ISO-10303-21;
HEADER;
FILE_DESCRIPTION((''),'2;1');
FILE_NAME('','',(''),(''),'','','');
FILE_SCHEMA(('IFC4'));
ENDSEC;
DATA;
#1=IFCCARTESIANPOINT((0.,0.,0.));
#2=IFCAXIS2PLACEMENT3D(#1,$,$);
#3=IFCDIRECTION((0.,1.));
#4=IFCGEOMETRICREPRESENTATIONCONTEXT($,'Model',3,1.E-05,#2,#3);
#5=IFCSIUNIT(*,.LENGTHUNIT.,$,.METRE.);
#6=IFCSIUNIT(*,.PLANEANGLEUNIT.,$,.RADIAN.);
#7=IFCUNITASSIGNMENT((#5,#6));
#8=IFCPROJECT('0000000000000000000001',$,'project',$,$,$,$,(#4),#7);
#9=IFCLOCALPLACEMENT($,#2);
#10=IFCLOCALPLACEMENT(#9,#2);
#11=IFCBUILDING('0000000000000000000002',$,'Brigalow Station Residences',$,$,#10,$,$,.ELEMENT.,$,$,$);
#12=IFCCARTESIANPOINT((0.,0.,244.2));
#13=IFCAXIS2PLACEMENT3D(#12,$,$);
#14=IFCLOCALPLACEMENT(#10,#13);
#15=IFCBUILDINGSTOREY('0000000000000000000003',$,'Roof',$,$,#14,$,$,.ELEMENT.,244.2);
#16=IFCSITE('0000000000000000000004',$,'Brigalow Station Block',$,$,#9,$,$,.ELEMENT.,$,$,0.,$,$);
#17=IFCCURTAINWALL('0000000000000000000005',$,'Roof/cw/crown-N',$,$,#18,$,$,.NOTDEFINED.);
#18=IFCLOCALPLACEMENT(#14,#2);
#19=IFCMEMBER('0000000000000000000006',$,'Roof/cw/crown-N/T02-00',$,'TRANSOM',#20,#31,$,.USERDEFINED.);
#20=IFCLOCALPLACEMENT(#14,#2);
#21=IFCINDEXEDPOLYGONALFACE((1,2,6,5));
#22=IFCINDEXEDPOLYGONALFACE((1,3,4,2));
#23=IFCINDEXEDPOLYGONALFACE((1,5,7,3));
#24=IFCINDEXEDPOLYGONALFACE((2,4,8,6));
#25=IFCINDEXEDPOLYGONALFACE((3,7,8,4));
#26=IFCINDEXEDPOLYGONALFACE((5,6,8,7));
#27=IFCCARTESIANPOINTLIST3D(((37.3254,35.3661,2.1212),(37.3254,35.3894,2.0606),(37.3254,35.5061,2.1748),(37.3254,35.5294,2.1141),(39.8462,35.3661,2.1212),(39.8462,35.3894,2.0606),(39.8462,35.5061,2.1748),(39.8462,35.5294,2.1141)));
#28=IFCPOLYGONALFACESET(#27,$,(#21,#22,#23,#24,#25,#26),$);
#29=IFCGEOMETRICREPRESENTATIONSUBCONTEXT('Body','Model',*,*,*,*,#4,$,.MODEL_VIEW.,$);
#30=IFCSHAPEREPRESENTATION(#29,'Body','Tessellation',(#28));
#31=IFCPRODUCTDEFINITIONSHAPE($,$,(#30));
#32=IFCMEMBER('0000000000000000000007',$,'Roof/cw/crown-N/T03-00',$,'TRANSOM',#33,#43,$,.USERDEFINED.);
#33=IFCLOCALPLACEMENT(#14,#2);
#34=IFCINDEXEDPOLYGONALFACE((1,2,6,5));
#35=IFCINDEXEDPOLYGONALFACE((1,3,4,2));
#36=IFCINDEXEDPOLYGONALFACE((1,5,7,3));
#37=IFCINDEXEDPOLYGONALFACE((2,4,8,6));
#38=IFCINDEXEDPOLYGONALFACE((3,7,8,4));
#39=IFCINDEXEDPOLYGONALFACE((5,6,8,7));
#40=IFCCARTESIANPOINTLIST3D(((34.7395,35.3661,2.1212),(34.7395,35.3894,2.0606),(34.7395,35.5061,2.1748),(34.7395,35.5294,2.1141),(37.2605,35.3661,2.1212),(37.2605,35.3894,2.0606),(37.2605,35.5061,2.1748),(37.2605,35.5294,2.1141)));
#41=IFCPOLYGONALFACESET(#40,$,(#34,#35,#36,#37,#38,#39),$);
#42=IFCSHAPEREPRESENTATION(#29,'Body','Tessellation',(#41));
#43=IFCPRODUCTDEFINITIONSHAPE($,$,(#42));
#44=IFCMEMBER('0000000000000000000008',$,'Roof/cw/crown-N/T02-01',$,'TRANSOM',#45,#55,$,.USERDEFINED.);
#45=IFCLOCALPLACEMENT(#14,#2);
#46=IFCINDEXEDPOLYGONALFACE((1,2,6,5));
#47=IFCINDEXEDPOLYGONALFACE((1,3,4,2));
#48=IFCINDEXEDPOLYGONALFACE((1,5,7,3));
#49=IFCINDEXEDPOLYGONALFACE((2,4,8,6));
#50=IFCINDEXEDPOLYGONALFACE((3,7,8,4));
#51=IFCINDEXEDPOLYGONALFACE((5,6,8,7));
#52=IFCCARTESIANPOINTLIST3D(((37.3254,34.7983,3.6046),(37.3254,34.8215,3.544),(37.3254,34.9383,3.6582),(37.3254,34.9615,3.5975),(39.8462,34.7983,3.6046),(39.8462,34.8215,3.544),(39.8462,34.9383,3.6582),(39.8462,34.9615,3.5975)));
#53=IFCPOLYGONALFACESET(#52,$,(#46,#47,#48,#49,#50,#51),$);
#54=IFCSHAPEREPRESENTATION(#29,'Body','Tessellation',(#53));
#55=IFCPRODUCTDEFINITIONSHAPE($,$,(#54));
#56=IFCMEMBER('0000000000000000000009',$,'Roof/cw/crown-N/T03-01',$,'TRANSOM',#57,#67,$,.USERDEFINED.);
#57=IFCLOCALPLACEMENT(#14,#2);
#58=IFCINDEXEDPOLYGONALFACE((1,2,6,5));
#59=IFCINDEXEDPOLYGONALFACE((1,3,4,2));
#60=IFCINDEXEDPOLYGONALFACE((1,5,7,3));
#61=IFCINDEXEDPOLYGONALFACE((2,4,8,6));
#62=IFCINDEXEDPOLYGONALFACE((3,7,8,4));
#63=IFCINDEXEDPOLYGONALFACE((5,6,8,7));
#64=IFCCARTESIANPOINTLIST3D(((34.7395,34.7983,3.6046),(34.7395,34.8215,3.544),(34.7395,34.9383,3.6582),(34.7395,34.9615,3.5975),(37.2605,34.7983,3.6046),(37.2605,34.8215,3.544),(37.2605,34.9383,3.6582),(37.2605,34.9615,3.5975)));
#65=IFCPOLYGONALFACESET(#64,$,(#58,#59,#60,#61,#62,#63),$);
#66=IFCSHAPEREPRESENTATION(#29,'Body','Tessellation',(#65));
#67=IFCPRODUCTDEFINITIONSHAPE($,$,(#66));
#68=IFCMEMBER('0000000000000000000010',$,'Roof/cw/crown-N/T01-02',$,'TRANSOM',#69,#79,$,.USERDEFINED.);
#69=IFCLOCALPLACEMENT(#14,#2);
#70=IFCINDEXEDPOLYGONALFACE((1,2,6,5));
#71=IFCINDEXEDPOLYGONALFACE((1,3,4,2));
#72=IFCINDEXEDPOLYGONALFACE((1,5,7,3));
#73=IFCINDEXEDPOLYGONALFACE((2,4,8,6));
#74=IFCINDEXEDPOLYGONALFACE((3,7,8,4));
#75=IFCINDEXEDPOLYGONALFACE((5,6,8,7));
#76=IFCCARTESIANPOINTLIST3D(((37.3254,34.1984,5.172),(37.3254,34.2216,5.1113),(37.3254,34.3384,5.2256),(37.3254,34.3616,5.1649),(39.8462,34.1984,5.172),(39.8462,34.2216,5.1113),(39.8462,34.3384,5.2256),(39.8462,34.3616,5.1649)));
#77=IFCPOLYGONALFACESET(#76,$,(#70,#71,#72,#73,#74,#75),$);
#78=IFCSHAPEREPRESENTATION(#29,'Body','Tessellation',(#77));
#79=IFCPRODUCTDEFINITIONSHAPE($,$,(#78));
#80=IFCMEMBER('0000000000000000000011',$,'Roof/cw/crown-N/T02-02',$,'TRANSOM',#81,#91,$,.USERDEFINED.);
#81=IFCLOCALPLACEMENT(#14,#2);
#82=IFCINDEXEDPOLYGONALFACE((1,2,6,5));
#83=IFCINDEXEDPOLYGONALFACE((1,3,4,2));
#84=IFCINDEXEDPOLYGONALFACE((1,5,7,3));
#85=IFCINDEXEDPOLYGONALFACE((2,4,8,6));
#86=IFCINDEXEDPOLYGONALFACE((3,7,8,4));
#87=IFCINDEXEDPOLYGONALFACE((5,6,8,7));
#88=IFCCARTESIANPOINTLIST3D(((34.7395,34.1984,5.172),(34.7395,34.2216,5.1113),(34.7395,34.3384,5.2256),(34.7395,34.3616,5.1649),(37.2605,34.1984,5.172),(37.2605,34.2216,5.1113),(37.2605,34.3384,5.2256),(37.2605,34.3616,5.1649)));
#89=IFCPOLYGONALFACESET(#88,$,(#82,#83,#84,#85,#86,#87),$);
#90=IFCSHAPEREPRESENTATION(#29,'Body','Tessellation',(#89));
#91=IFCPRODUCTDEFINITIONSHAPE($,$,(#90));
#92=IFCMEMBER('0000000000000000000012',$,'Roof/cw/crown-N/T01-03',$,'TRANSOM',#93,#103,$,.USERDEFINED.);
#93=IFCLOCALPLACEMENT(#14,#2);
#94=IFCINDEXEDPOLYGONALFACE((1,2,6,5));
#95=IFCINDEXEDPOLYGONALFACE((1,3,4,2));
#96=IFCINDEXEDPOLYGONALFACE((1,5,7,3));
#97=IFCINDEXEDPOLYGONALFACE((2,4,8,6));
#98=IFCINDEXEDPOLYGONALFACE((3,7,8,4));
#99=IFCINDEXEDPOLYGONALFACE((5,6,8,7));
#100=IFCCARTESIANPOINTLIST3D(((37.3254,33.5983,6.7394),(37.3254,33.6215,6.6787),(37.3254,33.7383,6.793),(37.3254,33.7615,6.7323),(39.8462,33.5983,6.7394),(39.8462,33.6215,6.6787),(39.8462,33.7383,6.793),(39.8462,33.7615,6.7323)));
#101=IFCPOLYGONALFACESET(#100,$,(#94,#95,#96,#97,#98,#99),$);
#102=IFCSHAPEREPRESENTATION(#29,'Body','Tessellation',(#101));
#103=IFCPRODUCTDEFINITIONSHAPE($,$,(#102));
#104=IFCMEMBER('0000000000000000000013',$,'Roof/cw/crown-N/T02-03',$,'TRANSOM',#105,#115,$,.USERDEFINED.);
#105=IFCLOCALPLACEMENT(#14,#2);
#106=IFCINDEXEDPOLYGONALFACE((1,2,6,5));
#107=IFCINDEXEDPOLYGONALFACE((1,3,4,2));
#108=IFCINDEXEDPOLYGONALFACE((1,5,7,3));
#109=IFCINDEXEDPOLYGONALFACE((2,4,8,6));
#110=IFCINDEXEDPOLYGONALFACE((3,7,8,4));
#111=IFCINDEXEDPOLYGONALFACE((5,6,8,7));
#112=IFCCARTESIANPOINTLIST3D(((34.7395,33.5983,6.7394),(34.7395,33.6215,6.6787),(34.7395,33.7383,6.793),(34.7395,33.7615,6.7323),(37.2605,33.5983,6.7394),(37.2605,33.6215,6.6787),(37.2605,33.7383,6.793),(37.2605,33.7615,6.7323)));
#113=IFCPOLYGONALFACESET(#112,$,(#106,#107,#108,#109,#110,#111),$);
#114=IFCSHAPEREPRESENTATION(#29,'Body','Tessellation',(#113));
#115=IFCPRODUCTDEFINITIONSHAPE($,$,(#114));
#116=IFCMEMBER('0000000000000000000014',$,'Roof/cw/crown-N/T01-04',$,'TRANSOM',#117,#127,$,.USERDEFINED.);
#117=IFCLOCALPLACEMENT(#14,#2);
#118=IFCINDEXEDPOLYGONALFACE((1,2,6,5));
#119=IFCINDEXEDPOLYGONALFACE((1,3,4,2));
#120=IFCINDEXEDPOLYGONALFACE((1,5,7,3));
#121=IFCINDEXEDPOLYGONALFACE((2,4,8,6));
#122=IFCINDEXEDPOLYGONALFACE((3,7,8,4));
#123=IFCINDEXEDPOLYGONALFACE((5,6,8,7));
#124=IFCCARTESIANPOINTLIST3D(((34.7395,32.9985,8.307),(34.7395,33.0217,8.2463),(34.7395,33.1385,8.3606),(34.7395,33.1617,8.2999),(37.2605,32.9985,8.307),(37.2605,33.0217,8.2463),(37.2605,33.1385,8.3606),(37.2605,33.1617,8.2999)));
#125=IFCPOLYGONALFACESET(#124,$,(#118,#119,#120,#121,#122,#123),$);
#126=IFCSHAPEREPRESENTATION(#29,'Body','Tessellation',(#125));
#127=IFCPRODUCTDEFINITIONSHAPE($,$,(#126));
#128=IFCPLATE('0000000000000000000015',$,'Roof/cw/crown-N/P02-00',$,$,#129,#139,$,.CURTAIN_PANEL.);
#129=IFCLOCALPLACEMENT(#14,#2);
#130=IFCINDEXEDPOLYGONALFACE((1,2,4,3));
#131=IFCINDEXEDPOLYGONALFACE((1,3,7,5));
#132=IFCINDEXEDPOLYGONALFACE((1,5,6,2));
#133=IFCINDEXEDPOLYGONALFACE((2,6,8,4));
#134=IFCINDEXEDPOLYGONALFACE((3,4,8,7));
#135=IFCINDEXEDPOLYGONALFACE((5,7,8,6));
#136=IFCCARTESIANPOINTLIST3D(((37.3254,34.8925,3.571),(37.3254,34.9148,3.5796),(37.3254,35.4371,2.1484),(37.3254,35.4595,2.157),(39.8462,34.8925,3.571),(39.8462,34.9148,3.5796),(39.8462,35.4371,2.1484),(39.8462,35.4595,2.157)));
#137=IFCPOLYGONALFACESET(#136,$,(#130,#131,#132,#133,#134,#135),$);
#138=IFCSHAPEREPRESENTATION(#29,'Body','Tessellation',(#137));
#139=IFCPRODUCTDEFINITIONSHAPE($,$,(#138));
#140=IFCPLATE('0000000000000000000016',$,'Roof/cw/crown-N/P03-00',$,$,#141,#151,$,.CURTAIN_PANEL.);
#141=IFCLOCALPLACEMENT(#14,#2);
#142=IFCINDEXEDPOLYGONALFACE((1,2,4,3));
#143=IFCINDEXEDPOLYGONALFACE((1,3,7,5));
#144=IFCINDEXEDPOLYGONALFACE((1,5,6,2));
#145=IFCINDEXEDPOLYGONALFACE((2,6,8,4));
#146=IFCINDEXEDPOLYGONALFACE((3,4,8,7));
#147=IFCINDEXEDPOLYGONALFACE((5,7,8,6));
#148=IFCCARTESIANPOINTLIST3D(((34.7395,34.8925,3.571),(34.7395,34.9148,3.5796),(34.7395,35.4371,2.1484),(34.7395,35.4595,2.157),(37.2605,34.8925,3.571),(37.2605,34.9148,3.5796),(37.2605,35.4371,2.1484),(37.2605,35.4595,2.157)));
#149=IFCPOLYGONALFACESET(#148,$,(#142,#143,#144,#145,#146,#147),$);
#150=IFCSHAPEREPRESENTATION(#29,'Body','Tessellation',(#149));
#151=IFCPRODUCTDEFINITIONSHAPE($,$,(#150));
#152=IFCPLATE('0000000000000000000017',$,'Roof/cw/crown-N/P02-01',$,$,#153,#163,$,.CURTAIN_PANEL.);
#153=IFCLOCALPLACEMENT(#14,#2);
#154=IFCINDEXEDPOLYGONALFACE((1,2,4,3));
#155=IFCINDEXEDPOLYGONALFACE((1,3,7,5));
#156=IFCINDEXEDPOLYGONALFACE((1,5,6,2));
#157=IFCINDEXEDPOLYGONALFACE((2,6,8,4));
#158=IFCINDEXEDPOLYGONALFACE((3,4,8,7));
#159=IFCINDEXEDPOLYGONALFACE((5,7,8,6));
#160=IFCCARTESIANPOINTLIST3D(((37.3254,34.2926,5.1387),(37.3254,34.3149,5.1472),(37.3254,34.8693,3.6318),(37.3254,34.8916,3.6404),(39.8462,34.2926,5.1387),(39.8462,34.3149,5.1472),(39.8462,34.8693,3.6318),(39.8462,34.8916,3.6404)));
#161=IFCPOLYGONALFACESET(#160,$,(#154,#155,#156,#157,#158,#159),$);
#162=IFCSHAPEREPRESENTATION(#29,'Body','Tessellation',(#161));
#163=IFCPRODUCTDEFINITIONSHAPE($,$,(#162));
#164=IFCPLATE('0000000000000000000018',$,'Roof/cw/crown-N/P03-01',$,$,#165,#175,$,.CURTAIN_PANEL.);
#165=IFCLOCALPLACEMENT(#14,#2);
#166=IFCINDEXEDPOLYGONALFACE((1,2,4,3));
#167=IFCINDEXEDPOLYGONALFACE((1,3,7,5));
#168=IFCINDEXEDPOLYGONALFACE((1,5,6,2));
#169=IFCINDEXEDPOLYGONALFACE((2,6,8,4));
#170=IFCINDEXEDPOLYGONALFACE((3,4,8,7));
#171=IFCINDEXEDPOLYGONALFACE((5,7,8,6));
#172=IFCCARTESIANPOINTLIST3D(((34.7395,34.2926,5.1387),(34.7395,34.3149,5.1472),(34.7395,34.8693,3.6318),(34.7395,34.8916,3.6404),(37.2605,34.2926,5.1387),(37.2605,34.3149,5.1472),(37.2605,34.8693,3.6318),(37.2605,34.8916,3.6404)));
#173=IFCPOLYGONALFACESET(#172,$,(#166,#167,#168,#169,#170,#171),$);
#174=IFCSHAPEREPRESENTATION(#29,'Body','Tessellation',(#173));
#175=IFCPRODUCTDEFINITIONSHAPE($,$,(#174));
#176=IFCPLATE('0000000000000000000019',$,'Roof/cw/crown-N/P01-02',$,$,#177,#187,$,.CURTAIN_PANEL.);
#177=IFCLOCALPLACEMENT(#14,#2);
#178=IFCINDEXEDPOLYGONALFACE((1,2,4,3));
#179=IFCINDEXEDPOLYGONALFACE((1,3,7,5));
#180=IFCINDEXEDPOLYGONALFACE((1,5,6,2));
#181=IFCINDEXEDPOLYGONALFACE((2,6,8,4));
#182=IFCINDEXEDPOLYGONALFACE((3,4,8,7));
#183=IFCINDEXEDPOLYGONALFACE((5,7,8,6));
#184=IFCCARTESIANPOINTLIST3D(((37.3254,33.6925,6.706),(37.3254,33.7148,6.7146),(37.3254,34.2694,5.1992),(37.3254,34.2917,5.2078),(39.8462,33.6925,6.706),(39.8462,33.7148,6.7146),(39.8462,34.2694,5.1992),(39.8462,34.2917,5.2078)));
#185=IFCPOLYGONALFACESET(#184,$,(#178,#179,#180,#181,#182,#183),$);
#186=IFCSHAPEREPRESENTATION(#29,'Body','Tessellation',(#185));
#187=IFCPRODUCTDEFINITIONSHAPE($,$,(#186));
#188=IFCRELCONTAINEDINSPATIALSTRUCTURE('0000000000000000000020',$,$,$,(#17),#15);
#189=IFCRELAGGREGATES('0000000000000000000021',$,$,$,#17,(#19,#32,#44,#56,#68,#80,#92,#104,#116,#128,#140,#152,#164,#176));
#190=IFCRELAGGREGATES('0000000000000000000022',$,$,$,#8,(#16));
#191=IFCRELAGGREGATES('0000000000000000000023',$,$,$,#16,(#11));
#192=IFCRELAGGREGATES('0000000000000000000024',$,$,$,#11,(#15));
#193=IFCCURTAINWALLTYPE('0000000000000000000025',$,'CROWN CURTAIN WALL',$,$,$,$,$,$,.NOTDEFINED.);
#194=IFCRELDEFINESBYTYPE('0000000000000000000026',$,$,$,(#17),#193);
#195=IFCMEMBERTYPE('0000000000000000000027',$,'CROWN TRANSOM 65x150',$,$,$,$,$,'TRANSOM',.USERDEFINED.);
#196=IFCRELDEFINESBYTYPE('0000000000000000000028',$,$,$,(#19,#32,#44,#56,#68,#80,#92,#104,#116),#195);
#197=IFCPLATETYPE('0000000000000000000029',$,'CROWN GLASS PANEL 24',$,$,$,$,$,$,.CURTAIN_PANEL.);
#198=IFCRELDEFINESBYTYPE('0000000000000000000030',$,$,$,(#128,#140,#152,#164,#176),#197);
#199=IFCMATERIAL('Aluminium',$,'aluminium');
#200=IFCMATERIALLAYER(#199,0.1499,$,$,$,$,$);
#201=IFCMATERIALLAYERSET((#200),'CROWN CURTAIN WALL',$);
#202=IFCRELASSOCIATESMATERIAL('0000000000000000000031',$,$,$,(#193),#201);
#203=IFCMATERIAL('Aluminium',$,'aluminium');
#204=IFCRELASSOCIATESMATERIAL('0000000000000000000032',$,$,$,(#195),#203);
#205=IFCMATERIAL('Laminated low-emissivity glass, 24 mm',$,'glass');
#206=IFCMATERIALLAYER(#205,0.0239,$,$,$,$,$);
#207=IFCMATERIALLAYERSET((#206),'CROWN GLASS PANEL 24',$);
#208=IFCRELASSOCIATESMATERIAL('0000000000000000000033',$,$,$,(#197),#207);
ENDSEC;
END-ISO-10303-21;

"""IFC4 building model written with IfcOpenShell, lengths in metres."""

from ifc_helpers import new_model, si_unit, direction, frame, origin, origin_2d, place, context, subcontext, project, spatial, polyline, rectangle, outline, extrude, material, layer, layer_set, material_profile, profile_set, type_object, element, aggregate, save


model = new_model("IFC4")

# Units and contexts
model_context = context("Model", 3, precision=1e-05, world=origin(), true_north=direction((0.0, 1.0)))
body_context = subcontext(model_context, "Body", "Model", "MODEL_VIEW")
ifc_project = project(units=[si_unit("LENGTHUNIT", "METRE"), si_unit("PLANEANGLEUNIT", "RADIAN")], contexts=[model_context])

# Site, building, storey
site_placement = place(None, origin())
site = spatial("IfcSite", under=ifc_project, at=site_placement, Name="Brigalow Station Block", CompositionType="ELEMENT", RefElevation=0.0)
building_placement = place(site_placement, origin())
building = spatial("IfcBuilding", under=site, at=building_placement, Name="Brigalow Station Residences", CompositionType="ELEMENT")
storey_placement = place(building_placement, frame((0.0, 0.0, 244.2)))
storey = spatial("IfcBuildingStorey", under=building, at=storey_placement, Name="Roof", CompositionType="ELEMENT", Elevation=244.2)

# Curtain wall
ifc_material_1 = material(Name="Aluminium", Category="aluminium")
ifc_layer_1 = layer(ifc_material_1, 0.1499)
ifc_layer_set_1 = layer_set([ifc_layer_1], Name="CROWN CURTAIN WALL")
curtain_wall_type = type_object("IfcCurtainWallType", Name="CROWN CURTAIN WALL", PredefinedType="NOTDEFINED", material=ifc_layer_set_1)
curtain_wall_1_placement = place(storey_placement, origin())
curtain_wall_1 = element("IfcCurtainWall", 1, at=curtain_wall_1_placement, inside=storey, type_object=curtain_wall_type, Name="Roof/cw/crown-N", PredefinedType="NOTDEFINED")

# Shared definitions
ifc_material_2 = material(Name="Aluminium", Category="aluminium")
ifc_material_profile_1 = material_profile(ifc_material_2, rectangle(XDim=0.0649, YDim=0.1499, at=origin_2d()), Name="CROWN TRANSOM 65x150")
ifc_profile_set_1 = profile_set([ifc_material_profile_1], Name="Aluminium")
member_type_1 = type_object("IfcMemberType", Name="CROWN TRANSOM 65x150", ElementType="TRANSOM", PredefinedType="USERDEFINED", material=ifc_profile_set_1)

# Members
member_1_placement = place(storey_placement, frame((39.8462, 35.4478, 2.1177), z_axis=(-1.0, 0.0, 0.0), x_axis=(0.0, -0.357491, 0.933917)))
member_1 = element("IfcMember", 2, at=member_1_placement, type_object=member_type_1, Name="Roof/cw/crown-N/T02-00", ObjectType="TRANSOM", PredefinedType="USERDEFINED", context=body_context, shape_type="SweptSolid", body=[
    extrude(rectangle(XDim=0.0649, YDim=0.1499, at=origin_2d()), origin(), (0.0, 0.0, 1.0), 2.5208),
])
member_2_placement = place(storey_placement, frame((37.2605, 35.4478, 2.1177), z_axis=(-1.0, 0.0, 0.0), x_axis=(0.0, -0.357491, 0.933917)))
member_2 = element("IfcMember", 3, at=member_2_placement, type_object=member_type_1, Name="Roof/cw/crown-N/T03-00", ObjectType="TRANSOM", PredefinedType="USERDEFINED", context=body_context, shape_type="SweptSolid", body=[
    extrude(rectangle(XDim=0.0649, YDim=0.1499, at=origin_2d()), origin(), (0.0, 0.0, 1.0), 2.521),
])
member_3_placement = place(storey_placement, frame((39.8462, 34.8799, 3.6011), z_axis=(-1.0, 0.0, 0.0), x_axis=(0.0, -0.357491, 0.933917)))
member_3 = element("IfcMember", 4, at=member_3_placement, type_object=member_type_1, Name="Roof/cw/crown-N/T02-01", ObjectType="TRANSOM", PredefinedType="USERDEFINED", context=body_context, shape_type="SweptSolid", body=[
    extrude(rectangle(XDim=0.0649, YDim=0.1499, at=origin_2d()), origin(), (0.0, 0.0, 1.0), 2.5208),
])
member_4_placement = place(storey_placement, frame((37.2605, 34.8799, 3.6011), z_axis=(-1.0, 0.0, 0.0), x_axis=(0.0, -0.357491, 0.933917)))
member_4 = element("IfcMember", 5, at=member_4_placement, type_object=member_type_1, Name="Roof/cw/crown-N/T03-01", ObjectType="TRANSOM", PredefinedType="USERDEFINED", context=body_context, shape_type="SweptSolid", body=[
    extrude(rectangle(XDim=0.0649, YDim=0.1499, at=origin_2d()), origin(), (0.0, 0.0, 1.0), 2.521),
])
member_5_placement = place(storey_placement, frame((39.8462, 34.28, 5.1685), z_axis=(-1.0, 0.0, 0.0), x_axis=(0.0, -0.357491, 0.933917)))
member_5 = element("IfcMember", 6, at=member_5_placement, type_object=member_type_1, Name="Roof/cw/crown-N/T01-02", ObjectType="TRANSOM", PredefinedType="USERDEFINED", context=body_context, shape_type="SweptSolid", body=[
    extrude(rectangle(XDim=0.0649, YDim=0.1499, at=origin_2d()), origin(), (0.0, 0.0, 1.0), 2.5208),
])
member_6_placement = place(storey_placement, frame((37.2605, 34.28, 5.1685), z_axis=(-1.0, 0.0, 0.0), x_axis=(0.0, -0.357491, 0.933917)))
member_6 = element("IfcMember", 7, at=member_6_placement, type_object=member_type_1, Name="Roof/cw/crown-N/T02-02", ObjectType="TRANSOM", PredefinedType="USERDEFINED", context=body_context, shape_type="SweptSolid", body=[
    extrude(rectangle(XDim=0.0649, YDim=0.1499, at=origin_2d()), origin(), (0.0, 0.0, 1.0), 2.521),
])
member_7_placement = place(storey_placement, frame((39.8462, 33.6799, 6.7358), z_axis=(-1.0, 0.0, 0.0), x_axis=(0.0, -0.357491, 0.933917)))
member_7 = element("IfcMember", 8, at=member_7_placement, type_object=member_type_1, Name="Roof/cw/crown-N/T01-03", ObjectType="TRANSOM", PredefinedType="USERDEFINED", context=body_context, shape_type="SweptSolid", body=[
    extrude(rectangle(XDim=0.0649, YDim=0.1499, at=origin_2d()), origin(), (0.0, 0.0, 1.0), 2.5208),
])
member_8_placement = place(storey_placement, frame((37.2605, 33.6799, 6.7358), z_axis=(-1.0, 0.0, 0.0), x_axis=(0.0, -0.357491, 0.933917)))
member_8 = element("IfcMember", 9, at=member_8_placement, type_object=member_type_1, Name="Roof/cw/crown-N/T02-03", ObjectType="TRANSOM", PredefinedType="USERDEFINED", context=body_context, shape_type="SweptSolid", body=[
    extrude(rectangle(XDim=0.0649, YDim=0.1499, at=origin_2d()), origin(), (0.0, 0.0, 1.0), 2.521),
])
member_9_placement = place(storey_placement, frame((37.2605, 33.0801, 8.3035), z_axis=(-1.0, 0.0, 0.0), x_axis=(0.0, -0.357491, 0.933917)))
member_9 = element("IfcMember", 10, at=member_9_placement, type_object=member_type_1, Name="Roof/cw/crown-N/T01-04", ObjectType="TRANSOM", PredefinedType="USERDEFINED", context=body_context, shape_type="SweptSolid", body=[
    extrude(rectangle(XDim=0.0649, YDim=0.1499, at=origin_2d()), origin(), (0.0, 0.0, 1.0), 2.521),
])

# Plates
ifc_material_3 = material(Name="Laminated low-emissivity glass, 24 mm", Category="glass")
ifc_layer_2 = layer(ifc_material_3, 0.0239)
ifc_layer_set_2 = layer_set([ifc_layer_2], Name="CROWN GLASS PANEL 24")
plate_type = type_object("IfcPlateType", Name="CROWN GLASS PANEL 24", PredefinedType="CURTAIN_PANEL", material=ifc_layer_set_2)
plate_1_placement = place(storey_placement, frame((39.8462, 35.4595, 2.157), z_axis=(0.0, 0.93389, 0.357561), x_axis=(-1.0, 0.0, 0.0)))
plate_1 = element("IfcPlate", 11, at=plate_1_placement, type_object=plate_type, Name="Roof/cw/crown-N/P02-00", PredefinedType="CURTAIN_PANEL", context=body_context, shape_type="SweptSolid", body=[
    extrude(outline(polyline([(0.0, 0.0), (2.5208, 0.0), (2.5208, 1.5233), (0.0, 1.5233), (0.0, 0.0)])), origin(), (0.0, 0.0, -1.0), 0.0239),
])
plate_2_placement = place(storey_placement, frame((37.2605, 35.4595, 2.157), z_axis=(0.0, 0.93389, 0.357561), x_axis=(-1.0, 0.0, 0.0)))
plate_2 = element("IfcPlate", 12, at=plate_2_placement, type_object=plate_type, Name="Roof/cw/crown-N/P03-00", PredefinedType="CURTAIN_PANEL", context=body_context, shape_type="SweptSolid", body=[
    extrude(outline(polyline([(0.0, 0.0), (2.521, 0.0), (2.521, 1.5233), (0.0, 1.5233), (0.0, 0.0)])), origin(), (0.0, 0.0, -1.0), 0.0239),
])
plate_3_placement = place(storey_placement, frame((39.8462, 34.8916, 3.6404), z_axis=(0.0, 0.933945, 0.357417), x_axis=(-1.0, 0.0, 0.0)))
plate_3 = element("IfcPlate", 13, at=plate_3_placement, type_object=plate_type, Name="Roof/cw/crown-N/P02-01", PredefinedType="CURTAIN_PANEL", context=body_context, shape_type="SweptSolid", body=[
    extrude(outline(polyline([(0.0, 0.0), (2.5208, 0.0), (2.5208, 1.6134), (0.0, 1.6134), (0.0, 0.0)])), origin(), (0.0, 0.0, -1.0), 0.0239),
])
plate_4_placement = place(storey_placement, frame((37.2605, 34.8916, 3.6404), z_axis=(0.0, 0.933945, 0.357417), x_axis=(-1.0, 0.0, 0.0)))
plate_4 = element("IfcPlate", 14, at=plate_4_placement, type_object=plate_type, Name="Roof/cw/crown-N/P03-01", PredefinedType="CURTAIN_PANEL", context=body_context, shape_type="SweptSolid", body=[
    extrude(outline(polyline([(0.0, 0.0), (2.521, 0.0), (2.521, 1.6134), (0.0, 1.6134), (0.0, 0.0)])), origin(), (0.0, 0.0, -1.0), 0.0239),
])
plate_5_placement = place(storey_placement, frame((39.8462, 34.2917, 5.2078), z_axis=(0.0, 0.933894, 0.357549), x_axis=(-1.0, 0.0, 0.0)))
plate_5 = element("IfcPlate", 15, at=plate_5_placement, type_object=plate_type, Name="Roof/cw/crown-N/P01-02", PredefinedType="CURTAIN_PANEL", context=body_context, shape_type="SweptSolid", body=[
    extrude(outline(polyline([(0.0, 0.0), (2.5208, 0.0), (2.5208, 1.6135), (0.0, 1.6135), (0.0, 0.0)])), origin(), (0.0, 0.0, -1.0), 0.0239),
])
aggregate(curtain_wall_1, [member_1, member_2, member_3, member_4, member_5, member_6, member_7, member_8, member_9, plate_1, plate_2, plate_3, plate_4, plate_5])

save(model, "model.ifc")
